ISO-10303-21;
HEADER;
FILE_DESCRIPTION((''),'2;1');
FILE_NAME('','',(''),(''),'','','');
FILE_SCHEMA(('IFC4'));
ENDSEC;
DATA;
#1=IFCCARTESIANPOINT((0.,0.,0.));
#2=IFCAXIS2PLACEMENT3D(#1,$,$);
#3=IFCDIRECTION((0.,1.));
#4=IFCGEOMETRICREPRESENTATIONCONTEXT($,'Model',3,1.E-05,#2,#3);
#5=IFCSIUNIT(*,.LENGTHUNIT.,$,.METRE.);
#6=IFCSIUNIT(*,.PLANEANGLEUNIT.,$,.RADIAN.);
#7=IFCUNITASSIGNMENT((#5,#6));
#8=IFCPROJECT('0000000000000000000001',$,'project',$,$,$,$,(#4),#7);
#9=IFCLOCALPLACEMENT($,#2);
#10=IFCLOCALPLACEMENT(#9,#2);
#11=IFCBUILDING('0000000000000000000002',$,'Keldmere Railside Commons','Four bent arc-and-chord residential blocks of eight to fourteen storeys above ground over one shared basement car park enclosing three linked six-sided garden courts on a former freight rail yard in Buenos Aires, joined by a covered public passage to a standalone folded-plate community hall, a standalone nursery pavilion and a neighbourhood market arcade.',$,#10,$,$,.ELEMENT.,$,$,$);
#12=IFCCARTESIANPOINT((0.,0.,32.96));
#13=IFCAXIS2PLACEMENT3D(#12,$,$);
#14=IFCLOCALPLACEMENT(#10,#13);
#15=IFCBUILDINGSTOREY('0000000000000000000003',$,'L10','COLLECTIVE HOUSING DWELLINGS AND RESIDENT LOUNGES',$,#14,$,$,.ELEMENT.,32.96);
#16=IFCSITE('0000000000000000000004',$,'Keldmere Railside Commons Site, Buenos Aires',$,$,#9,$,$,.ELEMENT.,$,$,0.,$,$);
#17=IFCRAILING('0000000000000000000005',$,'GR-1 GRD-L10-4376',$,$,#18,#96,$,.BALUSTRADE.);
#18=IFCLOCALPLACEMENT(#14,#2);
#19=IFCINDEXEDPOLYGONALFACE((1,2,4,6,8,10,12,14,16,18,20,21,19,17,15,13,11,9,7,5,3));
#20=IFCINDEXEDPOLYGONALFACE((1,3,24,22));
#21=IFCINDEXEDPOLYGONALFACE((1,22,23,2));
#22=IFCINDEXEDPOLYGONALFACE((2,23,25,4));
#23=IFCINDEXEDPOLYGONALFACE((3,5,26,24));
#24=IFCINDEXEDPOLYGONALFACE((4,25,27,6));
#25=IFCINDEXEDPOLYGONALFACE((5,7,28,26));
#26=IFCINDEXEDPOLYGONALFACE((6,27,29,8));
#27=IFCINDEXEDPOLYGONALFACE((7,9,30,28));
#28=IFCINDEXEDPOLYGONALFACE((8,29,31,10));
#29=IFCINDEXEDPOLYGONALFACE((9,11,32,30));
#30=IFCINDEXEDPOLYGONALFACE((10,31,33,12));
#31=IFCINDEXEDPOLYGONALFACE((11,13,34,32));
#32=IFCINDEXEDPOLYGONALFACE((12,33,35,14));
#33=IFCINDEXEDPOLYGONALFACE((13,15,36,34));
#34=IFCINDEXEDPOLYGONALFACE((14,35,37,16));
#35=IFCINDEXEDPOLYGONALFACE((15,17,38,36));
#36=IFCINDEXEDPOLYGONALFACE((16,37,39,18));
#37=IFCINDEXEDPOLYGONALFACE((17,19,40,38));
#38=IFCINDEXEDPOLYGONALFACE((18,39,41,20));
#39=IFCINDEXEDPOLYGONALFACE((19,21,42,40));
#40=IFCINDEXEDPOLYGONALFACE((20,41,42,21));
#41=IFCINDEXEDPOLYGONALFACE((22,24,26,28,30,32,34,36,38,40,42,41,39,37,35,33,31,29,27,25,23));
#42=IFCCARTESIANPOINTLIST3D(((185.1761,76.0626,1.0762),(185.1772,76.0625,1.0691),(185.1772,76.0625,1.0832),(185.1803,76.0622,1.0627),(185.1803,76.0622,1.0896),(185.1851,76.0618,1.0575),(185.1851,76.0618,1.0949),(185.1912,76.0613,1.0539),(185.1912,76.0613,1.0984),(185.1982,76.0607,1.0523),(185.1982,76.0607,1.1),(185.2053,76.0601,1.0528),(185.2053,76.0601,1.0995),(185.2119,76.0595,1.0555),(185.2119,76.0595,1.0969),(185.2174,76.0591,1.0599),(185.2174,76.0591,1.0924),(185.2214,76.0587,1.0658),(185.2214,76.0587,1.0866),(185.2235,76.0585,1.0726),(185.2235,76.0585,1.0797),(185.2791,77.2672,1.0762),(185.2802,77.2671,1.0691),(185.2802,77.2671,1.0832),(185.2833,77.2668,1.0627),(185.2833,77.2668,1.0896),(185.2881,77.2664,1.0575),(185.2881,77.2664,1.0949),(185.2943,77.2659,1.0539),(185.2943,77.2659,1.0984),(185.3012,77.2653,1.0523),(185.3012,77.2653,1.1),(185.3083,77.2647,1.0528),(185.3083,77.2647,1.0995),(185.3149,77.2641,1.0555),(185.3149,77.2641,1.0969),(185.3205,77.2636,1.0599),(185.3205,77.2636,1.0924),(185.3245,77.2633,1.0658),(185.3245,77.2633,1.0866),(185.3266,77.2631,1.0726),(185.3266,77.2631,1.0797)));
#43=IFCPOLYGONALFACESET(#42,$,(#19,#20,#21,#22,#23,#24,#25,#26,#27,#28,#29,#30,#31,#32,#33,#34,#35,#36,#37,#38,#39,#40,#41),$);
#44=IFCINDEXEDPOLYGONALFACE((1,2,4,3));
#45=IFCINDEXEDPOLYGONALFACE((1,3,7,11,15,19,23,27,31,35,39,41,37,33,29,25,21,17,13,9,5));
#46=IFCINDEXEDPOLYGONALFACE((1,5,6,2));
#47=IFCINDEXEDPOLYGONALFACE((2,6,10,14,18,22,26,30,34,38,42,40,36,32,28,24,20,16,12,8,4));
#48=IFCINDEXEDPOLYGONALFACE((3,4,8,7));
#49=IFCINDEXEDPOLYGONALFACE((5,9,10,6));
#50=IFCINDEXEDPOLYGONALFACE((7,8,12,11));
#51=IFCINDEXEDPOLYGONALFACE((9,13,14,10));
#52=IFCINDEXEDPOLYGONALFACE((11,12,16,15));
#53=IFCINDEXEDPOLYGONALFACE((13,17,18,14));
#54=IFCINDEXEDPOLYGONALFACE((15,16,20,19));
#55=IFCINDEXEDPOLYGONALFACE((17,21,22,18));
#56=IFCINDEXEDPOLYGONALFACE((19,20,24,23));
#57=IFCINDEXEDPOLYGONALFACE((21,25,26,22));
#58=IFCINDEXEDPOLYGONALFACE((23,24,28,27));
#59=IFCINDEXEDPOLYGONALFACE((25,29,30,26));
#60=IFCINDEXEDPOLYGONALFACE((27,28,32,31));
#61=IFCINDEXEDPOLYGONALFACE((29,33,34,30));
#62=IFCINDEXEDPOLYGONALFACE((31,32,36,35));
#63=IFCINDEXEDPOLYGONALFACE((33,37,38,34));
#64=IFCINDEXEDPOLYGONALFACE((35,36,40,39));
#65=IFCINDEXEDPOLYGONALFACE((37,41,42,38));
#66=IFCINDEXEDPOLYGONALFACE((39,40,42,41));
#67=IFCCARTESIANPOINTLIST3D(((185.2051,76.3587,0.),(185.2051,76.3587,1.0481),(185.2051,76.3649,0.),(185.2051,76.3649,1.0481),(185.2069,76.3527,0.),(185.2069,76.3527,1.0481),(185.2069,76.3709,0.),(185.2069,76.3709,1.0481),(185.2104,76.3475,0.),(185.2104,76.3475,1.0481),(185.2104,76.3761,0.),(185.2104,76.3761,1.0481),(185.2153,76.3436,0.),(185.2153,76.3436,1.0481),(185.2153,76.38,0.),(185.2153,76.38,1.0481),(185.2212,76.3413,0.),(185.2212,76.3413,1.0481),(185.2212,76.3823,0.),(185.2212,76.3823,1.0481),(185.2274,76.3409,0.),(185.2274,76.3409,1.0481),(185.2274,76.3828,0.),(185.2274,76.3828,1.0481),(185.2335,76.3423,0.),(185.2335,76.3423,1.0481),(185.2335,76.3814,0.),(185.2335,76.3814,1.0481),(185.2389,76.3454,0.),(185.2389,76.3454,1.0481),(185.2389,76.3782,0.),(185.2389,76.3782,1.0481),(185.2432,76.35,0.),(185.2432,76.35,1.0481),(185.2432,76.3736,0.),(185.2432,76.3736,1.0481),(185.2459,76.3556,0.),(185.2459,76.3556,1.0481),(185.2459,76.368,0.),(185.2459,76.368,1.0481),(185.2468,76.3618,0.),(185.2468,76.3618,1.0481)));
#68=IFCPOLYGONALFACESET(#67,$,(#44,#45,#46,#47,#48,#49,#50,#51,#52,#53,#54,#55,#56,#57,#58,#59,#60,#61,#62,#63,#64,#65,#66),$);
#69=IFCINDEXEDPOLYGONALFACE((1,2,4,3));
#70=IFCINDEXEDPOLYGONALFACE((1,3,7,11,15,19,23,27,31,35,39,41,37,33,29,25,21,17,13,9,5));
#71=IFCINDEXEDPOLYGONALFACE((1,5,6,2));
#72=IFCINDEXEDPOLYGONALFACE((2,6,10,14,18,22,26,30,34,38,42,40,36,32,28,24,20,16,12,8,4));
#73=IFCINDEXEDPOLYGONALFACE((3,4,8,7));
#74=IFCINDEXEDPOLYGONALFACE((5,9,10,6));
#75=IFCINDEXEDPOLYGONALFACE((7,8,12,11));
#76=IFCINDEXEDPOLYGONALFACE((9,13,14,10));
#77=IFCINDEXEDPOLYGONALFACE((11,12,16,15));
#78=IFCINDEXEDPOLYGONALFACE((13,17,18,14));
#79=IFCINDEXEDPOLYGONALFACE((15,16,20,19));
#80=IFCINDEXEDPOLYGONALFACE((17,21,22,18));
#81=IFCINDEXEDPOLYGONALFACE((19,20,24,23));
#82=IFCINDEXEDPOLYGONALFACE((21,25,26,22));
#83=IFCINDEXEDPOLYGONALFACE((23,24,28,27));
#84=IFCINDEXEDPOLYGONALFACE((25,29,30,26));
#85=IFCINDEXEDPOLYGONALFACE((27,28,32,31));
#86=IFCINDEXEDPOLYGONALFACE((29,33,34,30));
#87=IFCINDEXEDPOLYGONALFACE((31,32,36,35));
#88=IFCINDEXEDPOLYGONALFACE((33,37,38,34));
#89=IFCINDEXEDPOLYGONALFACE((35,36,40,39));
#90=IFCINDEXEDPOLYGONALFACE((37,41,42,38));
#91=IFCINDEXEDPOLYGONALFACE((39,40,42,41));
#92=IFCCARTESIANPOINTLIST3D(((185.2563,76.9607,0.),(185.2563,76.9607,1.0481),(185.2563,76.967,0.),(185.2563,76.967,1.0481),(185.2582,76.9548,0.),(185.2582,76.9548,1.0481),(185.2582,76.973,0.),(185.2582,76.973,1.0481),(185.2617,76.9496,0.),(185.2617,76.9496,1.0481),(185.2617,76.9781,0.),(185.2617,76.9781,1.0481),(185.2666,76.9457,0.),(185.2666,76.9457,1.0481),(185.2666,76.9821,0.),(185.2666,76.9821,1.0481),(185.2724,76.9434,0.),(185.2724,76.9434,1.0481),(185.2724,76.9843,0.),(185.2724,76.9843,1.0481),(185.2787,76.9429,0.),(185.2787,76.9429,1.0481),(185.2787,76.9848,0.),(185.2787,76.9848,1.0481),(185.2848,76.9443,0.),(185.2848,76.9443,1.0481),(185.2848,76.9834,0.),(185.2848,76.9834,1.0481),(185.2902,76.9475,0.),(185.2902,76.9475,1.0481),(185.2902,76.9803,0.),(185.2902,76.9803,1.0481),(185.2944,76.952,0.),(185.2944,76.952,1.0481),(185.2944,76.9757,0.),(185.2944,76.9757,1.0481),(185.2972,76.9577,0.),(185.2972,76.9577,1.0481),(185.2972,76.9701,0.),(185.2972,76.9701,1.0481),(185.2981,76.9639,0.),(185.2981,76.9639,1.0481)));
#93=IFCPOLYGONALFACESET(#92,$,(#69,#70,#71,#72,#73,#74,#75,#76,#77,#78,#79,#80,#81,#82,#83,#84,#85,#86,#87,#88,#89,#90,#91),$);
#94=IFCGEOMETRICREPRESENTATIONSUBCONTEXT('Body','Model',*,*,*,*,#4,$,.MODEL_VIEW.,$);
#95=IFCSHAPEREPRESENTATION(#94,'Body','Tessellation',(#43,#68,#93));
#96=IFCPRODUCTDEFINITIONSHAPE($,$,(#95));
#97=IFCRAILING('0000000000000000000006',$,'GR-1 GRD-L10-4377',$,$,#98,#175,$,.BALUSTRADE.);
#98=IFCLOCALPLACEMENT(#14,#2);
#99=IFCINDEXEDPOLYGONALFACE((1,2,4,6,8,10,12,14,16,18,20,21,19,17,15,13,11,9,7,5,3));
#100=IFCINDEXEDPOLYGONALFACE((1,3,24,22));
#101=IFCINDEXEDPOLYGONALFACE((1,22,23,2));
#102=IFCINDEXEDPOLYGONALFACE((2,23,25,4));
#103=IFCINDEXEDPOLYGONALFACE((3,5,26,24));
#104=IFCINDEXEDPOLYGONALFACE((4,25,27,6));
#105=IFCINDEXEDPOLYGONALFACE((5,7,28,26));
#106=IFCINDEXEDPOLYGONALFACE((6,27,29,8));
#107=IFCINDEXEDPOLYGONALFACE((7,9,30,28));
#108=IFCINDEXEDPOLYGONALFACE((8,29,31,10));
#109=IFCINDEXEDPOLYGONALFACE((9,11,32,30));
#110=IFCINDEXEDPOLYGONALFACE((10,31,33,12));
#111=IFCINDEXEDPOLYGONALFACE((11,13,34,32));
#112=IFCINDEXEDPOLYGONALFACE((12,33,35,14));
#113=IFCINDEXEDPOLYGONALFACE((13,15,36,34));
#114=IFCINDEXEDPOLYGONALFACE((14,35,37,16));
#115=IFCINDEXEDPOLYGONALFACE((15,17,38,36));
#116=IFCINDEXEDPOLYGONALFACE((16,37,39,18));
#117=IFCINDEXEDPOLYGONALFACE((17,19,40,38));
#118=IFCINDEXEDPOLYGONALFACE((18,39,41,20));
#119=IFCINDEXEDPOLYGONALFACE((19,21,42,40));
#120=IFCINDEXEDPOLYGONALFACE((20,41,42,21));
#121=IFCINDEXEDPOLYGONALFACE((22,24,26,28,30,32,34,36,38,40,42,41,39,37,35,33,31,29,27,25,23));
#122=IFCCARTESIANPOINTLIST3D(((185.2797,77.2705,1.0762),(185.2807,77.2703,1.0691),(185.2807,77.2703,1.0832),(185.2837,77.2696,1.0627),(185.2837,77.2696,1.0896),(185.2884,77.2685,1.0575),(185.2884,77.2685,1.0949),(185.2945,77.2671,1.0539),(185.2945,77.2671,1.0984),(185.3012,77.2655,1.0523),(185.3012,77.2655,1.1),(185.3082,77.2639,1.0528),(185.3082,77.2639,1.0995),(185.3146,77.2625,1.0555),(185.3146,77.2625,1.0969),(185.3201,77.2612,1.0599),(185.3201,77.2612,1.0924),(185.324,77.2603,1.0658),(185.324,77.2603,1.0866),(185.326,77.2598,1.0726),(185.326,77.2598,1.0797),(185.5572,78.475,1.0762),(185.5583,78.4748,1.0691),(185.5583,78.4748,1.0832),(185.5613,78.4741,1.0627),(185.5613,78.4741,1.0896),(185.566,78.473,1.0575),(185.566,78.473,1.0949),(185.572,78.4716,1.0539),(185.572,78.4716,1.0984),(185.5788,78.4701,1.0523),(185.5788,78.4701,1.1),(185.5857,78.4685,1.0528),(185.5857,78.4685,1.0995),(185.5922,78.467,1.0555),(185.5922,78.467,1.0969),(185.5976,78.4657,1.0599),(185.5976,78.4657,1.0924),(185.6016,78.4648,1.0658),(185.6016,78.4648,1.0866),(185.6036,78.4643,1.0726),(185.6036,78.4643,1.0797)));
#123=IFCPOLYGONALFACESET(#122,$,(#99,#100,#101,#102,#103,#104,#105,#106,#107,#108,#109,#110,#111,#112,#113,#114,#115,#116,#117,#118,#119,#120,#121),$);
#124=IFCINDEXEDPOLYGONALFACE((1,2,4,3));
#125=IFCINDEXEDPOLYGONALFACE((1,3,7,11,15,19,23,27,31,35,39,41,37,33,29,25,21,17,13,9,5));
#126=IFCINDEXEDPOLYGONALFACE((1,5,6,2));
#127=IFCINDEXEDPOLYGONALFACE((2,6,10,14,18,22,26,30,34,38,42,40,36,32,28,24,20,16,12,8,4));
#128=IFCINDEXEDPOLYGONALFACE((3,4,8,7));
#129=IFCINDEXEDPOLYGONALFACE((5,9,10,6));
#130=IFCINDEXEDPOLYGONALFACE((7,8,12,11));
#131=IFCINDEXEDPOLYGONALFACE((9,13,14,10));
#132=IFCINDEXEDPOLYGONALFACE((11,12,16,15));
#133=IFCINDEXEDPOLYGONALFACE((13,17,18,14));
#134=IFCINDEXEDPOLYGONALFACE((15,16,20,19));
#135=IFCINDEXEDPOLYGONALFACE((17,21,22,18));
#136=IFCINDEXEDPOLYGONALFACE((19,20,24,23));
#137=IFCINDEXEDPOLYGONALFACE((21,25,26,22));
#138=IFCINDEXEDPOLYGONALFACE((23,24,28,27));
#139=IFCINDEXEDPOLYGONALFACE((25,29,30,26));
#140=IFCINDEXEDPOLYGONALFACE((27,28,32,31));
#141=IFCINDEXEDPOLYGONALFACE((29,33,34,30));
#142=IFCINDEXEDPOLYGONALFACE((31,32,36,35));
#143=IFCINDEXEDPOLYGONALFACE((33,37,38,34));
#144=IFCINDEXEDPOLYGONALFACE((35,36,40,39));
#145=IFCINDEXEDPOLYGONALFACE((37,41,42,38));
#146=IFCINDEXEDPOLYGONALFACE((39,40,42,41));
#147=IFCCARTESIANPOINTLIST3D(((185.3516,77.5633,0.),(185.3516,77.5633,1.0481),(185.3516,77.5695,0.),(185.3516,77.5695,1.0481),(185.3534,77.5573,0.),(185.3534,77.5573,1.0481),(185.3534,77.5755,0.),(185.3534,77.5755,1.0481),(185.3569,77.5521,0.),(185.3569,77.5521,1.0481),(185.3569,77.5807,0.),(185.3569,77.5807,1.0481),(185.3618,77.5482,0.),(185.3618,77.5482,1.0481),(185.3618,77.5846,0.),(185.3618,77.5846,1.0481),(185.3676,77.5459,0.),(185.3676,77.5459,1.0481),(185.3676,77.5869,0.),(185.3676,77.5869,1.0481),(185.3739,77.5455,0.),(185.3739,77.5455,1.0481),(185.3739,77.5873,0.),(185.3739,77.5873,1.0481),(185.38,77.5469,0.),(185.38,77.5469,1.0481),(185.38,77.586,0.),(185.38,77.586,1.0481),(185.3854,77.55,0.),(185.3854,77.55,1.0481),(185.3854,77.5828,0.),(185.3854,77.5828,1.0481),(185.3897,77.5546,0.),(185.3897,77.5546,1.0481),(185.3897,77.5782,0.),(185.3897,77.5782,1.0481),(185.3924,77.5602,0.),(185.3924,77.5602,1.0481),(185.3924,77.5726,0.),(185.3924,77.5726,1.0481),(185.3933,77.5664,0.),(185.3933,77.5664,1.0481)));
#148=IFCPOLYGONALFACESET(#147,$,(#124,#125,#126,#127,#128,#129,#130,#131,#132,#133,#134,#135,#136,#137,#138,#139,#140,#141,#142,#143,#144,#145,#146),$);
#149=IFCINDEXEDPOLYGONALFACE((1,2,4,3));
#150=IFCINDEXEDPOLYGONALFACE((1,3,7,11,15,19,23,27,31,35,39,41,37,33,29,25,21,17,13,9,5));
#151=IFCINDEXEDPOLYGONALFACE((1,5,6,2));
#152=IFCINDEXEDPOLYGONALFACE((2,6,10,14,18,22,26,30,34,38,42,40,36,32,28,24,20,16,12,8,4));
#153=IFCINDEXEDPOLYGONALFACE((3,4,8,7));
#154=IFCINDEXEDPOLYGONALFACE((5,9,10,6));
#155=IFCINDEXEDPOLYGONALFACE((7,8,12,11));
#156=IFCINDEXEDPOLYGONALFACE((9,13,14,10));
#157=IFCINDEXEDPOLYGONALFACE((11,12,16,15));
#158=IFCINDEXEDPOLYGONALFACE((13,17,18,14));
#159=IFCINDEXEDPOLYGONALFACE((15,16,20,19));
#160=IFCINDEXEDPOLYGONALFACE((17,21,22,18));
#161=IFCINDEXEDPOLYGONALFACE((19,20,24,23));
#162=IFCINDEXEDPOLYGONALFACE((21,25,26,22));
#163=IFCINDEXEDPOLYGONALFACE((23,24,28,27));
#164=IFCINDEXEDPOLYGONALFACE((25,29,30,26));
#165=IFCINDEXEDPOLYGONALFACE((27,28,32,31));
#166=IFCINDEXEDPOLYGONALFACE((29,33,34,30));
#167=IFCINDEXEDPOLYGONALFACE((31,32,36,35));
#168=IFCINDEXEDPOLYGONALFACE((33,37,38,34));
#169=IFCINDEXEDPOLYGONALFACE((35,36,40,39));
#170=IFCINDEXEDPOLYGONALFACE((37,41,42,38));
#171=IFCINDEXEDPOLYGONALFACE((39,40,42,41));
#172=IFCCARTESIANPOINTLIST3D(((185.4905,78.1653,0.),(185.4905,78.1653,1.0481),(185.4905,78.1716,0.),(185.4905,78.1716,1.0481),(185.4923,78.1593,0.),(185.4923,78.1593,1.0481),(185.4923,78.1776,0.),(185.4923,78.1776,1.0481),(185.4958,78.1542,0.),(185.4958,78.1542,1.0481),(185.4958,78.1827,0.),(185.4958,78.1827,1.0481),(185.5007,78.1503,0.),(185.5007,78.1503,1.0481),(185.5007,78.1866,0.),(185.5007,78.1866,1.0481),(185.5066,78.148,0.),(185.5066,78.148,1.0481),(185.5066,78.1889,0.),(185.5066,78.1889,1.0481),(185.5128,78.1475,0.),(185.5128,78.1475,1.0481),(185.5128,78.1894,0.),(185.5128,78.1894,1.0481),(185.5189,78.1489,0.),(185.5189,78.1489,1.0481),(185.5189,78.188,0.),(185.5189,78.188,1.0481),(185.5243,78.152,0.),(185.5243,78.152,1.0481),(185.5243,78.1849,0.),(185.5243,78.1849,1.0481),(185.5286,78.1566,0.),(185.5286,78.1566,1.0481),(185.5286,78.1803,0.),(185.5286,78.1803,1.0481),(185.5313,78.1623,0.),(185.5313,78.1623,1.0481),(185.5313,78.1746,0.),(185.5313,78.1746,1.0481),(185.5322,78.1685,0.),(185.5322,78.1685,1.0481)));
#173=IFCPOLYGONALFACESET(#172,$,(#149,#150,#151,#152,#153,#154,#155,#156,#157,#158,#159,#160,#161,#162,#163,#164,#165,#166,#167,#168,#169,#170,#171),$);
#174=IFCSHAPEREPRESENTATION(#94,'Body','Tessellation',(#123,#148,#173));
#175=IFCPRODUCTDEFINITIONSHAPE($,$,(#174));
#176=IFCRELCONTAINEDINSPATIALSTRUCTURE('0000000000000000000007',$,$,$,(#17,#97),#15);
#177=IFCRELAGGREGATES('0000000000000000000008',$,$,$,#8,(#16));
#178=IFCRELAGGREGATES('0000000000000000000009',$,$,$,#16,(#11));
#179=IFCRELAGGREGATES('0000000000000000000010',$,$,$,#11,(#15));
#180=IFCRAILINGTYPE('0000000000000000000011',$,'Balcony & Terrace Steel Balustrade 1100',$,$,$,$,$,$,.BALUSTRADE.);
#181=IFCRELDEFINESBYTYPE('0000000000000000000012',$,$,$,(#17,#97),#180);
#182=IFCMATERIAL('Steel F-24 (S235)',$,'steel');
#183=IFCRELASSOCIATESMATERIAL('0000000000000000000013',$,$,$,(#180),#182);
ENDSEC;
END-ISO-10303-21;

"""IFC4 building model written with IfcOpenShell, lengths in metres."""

from ifc_helpers import new_model, si_unit, direction, frame, origin, origin_2d, place, context, subcontext, project, spatial, circle, extrude, material, type_object, element, save


model = new_model("IFC4")

# Units and contexts
model_context = context("Model", 3, precision=1e-05, world=origin(), true_north=direction((0.0, 1.0)))
body_context = subcontext(model_context, "Body", "Model", "MODEL_VIEW")
ifc_project = project(units=[si_unit("LENGTHUNIT", "METRE"), si_unit("PLANEANGLEUNIT", "RADIAN")], contexts=[model_context])

# Site, building, storey
site_placement = place(None, origin())
site = spatial("IfcSite", under=ifc_project, at=site_placement, Name="Keldmere Railside Commons Site, Buenos Aires", CompositionType="ELEMENT", RefElevation=0.0)
building_placement = place(site_placement, origin())
building = spatial("IfcBuilding", under=site, at=building_placement, Name="Keldmere Railside Commons", Description="Four bent arc-and-chord residential blocks of eight to fourteen storeys above ground over one shared basement car park enclosing three linked six-sided garden courts on a former freight rail yard in Buenos Aires, joined by a covered public passage to a standalone folded-plate community hall, a standalone nursery pavilion and a neighbourhood market arcade.", CompositionType="ELEMENT")
storey_placement = place(building_placement, frame((0.0, 0.0, 32.96)))
storey = spatial("IfcBuildingStorey", under=building, at=storey_placement, Name="L10", Description="COLLECTIVE HOUSING DWELLINGS AND RESIDENT LOUNGES", CompositionType="ELEMENT", Elevation=32.96)

# Shared definitions
ifc_material_1 = material(Name="Steel F-24 (S235)", Category="steel")

# Railings
railing_type_1 = type_object("IfcRailingType", Name="Balcony & Terrace Steel Balustrade 1100", PredefinedType="BALUSTRADE", material=ifc_material_1)
railing_1_placement = place(storey_placement, frame((185.2, 76.0605, 0.0)))
element("IfcRailing", 1, at=railing_1_placement, inside=storey, type_object=railing_type_1, Name="GR-1 GRD-L10-4376", PredefinedType="BALUSTRADE", context=body_context, shape_type="SweptSolid", body=[
    extrude(circle(Radius=0.0239, at=origin_2d()), frame((0.0, 0.0, 1.0762), z_axis=(0.085218, 0.996362, 0.0), x_axis=(-0.996362, 0.085218, 0.0)), (0.0, 0.0, 1.0), 1.209),
    extrude(circle(Radius=0.021, at=origin_2d()), frame((0.0259, 0.3013, 0.0)), (0.0, 0.0, 1.0), 1.0481),
    extrude(circle(Radius=0.021, at=origin_2d()), frame((0.0771, 0.9033, 0.0)), (0.0, 0.0, 1.0), 1.0481),
])
railing_2_placement = place(storey_placement, frame((185.303, 77.2651, 0.0)))
element("IfcRailing", 2, at=railing_2_placement, inside=storey, type_object=railing_type_1, Name="GR-1 GRD-L10-4377", PredefinedType="BALUSTRADE", context=body_context, shape_type="SweptSolid", body=[
    extrude(circle(Radius=0.0239, at=origin_2d()), frame((0.0, 0.0, 1.0762), z_axis=(0.224557, 0.974461, 0.0), x_axis=(-0.974461, 0.224557, 0.0)), (0.0, 0.0, 1.0), 1.2361),
    extrude(circle(Radius=0.021, at=origin_2d()), frame((0.0693, 0.3013, 0.0)), (0.0, 0.0, 1.0), 1.0481),
    extrude(circle(Radius=0.021, at=origin_2d()), frame((0.2083, 0.9033, 0.0)), (0.0, 0.0, 1.0), 1.0481),
])

save(model, "model.ifc")
